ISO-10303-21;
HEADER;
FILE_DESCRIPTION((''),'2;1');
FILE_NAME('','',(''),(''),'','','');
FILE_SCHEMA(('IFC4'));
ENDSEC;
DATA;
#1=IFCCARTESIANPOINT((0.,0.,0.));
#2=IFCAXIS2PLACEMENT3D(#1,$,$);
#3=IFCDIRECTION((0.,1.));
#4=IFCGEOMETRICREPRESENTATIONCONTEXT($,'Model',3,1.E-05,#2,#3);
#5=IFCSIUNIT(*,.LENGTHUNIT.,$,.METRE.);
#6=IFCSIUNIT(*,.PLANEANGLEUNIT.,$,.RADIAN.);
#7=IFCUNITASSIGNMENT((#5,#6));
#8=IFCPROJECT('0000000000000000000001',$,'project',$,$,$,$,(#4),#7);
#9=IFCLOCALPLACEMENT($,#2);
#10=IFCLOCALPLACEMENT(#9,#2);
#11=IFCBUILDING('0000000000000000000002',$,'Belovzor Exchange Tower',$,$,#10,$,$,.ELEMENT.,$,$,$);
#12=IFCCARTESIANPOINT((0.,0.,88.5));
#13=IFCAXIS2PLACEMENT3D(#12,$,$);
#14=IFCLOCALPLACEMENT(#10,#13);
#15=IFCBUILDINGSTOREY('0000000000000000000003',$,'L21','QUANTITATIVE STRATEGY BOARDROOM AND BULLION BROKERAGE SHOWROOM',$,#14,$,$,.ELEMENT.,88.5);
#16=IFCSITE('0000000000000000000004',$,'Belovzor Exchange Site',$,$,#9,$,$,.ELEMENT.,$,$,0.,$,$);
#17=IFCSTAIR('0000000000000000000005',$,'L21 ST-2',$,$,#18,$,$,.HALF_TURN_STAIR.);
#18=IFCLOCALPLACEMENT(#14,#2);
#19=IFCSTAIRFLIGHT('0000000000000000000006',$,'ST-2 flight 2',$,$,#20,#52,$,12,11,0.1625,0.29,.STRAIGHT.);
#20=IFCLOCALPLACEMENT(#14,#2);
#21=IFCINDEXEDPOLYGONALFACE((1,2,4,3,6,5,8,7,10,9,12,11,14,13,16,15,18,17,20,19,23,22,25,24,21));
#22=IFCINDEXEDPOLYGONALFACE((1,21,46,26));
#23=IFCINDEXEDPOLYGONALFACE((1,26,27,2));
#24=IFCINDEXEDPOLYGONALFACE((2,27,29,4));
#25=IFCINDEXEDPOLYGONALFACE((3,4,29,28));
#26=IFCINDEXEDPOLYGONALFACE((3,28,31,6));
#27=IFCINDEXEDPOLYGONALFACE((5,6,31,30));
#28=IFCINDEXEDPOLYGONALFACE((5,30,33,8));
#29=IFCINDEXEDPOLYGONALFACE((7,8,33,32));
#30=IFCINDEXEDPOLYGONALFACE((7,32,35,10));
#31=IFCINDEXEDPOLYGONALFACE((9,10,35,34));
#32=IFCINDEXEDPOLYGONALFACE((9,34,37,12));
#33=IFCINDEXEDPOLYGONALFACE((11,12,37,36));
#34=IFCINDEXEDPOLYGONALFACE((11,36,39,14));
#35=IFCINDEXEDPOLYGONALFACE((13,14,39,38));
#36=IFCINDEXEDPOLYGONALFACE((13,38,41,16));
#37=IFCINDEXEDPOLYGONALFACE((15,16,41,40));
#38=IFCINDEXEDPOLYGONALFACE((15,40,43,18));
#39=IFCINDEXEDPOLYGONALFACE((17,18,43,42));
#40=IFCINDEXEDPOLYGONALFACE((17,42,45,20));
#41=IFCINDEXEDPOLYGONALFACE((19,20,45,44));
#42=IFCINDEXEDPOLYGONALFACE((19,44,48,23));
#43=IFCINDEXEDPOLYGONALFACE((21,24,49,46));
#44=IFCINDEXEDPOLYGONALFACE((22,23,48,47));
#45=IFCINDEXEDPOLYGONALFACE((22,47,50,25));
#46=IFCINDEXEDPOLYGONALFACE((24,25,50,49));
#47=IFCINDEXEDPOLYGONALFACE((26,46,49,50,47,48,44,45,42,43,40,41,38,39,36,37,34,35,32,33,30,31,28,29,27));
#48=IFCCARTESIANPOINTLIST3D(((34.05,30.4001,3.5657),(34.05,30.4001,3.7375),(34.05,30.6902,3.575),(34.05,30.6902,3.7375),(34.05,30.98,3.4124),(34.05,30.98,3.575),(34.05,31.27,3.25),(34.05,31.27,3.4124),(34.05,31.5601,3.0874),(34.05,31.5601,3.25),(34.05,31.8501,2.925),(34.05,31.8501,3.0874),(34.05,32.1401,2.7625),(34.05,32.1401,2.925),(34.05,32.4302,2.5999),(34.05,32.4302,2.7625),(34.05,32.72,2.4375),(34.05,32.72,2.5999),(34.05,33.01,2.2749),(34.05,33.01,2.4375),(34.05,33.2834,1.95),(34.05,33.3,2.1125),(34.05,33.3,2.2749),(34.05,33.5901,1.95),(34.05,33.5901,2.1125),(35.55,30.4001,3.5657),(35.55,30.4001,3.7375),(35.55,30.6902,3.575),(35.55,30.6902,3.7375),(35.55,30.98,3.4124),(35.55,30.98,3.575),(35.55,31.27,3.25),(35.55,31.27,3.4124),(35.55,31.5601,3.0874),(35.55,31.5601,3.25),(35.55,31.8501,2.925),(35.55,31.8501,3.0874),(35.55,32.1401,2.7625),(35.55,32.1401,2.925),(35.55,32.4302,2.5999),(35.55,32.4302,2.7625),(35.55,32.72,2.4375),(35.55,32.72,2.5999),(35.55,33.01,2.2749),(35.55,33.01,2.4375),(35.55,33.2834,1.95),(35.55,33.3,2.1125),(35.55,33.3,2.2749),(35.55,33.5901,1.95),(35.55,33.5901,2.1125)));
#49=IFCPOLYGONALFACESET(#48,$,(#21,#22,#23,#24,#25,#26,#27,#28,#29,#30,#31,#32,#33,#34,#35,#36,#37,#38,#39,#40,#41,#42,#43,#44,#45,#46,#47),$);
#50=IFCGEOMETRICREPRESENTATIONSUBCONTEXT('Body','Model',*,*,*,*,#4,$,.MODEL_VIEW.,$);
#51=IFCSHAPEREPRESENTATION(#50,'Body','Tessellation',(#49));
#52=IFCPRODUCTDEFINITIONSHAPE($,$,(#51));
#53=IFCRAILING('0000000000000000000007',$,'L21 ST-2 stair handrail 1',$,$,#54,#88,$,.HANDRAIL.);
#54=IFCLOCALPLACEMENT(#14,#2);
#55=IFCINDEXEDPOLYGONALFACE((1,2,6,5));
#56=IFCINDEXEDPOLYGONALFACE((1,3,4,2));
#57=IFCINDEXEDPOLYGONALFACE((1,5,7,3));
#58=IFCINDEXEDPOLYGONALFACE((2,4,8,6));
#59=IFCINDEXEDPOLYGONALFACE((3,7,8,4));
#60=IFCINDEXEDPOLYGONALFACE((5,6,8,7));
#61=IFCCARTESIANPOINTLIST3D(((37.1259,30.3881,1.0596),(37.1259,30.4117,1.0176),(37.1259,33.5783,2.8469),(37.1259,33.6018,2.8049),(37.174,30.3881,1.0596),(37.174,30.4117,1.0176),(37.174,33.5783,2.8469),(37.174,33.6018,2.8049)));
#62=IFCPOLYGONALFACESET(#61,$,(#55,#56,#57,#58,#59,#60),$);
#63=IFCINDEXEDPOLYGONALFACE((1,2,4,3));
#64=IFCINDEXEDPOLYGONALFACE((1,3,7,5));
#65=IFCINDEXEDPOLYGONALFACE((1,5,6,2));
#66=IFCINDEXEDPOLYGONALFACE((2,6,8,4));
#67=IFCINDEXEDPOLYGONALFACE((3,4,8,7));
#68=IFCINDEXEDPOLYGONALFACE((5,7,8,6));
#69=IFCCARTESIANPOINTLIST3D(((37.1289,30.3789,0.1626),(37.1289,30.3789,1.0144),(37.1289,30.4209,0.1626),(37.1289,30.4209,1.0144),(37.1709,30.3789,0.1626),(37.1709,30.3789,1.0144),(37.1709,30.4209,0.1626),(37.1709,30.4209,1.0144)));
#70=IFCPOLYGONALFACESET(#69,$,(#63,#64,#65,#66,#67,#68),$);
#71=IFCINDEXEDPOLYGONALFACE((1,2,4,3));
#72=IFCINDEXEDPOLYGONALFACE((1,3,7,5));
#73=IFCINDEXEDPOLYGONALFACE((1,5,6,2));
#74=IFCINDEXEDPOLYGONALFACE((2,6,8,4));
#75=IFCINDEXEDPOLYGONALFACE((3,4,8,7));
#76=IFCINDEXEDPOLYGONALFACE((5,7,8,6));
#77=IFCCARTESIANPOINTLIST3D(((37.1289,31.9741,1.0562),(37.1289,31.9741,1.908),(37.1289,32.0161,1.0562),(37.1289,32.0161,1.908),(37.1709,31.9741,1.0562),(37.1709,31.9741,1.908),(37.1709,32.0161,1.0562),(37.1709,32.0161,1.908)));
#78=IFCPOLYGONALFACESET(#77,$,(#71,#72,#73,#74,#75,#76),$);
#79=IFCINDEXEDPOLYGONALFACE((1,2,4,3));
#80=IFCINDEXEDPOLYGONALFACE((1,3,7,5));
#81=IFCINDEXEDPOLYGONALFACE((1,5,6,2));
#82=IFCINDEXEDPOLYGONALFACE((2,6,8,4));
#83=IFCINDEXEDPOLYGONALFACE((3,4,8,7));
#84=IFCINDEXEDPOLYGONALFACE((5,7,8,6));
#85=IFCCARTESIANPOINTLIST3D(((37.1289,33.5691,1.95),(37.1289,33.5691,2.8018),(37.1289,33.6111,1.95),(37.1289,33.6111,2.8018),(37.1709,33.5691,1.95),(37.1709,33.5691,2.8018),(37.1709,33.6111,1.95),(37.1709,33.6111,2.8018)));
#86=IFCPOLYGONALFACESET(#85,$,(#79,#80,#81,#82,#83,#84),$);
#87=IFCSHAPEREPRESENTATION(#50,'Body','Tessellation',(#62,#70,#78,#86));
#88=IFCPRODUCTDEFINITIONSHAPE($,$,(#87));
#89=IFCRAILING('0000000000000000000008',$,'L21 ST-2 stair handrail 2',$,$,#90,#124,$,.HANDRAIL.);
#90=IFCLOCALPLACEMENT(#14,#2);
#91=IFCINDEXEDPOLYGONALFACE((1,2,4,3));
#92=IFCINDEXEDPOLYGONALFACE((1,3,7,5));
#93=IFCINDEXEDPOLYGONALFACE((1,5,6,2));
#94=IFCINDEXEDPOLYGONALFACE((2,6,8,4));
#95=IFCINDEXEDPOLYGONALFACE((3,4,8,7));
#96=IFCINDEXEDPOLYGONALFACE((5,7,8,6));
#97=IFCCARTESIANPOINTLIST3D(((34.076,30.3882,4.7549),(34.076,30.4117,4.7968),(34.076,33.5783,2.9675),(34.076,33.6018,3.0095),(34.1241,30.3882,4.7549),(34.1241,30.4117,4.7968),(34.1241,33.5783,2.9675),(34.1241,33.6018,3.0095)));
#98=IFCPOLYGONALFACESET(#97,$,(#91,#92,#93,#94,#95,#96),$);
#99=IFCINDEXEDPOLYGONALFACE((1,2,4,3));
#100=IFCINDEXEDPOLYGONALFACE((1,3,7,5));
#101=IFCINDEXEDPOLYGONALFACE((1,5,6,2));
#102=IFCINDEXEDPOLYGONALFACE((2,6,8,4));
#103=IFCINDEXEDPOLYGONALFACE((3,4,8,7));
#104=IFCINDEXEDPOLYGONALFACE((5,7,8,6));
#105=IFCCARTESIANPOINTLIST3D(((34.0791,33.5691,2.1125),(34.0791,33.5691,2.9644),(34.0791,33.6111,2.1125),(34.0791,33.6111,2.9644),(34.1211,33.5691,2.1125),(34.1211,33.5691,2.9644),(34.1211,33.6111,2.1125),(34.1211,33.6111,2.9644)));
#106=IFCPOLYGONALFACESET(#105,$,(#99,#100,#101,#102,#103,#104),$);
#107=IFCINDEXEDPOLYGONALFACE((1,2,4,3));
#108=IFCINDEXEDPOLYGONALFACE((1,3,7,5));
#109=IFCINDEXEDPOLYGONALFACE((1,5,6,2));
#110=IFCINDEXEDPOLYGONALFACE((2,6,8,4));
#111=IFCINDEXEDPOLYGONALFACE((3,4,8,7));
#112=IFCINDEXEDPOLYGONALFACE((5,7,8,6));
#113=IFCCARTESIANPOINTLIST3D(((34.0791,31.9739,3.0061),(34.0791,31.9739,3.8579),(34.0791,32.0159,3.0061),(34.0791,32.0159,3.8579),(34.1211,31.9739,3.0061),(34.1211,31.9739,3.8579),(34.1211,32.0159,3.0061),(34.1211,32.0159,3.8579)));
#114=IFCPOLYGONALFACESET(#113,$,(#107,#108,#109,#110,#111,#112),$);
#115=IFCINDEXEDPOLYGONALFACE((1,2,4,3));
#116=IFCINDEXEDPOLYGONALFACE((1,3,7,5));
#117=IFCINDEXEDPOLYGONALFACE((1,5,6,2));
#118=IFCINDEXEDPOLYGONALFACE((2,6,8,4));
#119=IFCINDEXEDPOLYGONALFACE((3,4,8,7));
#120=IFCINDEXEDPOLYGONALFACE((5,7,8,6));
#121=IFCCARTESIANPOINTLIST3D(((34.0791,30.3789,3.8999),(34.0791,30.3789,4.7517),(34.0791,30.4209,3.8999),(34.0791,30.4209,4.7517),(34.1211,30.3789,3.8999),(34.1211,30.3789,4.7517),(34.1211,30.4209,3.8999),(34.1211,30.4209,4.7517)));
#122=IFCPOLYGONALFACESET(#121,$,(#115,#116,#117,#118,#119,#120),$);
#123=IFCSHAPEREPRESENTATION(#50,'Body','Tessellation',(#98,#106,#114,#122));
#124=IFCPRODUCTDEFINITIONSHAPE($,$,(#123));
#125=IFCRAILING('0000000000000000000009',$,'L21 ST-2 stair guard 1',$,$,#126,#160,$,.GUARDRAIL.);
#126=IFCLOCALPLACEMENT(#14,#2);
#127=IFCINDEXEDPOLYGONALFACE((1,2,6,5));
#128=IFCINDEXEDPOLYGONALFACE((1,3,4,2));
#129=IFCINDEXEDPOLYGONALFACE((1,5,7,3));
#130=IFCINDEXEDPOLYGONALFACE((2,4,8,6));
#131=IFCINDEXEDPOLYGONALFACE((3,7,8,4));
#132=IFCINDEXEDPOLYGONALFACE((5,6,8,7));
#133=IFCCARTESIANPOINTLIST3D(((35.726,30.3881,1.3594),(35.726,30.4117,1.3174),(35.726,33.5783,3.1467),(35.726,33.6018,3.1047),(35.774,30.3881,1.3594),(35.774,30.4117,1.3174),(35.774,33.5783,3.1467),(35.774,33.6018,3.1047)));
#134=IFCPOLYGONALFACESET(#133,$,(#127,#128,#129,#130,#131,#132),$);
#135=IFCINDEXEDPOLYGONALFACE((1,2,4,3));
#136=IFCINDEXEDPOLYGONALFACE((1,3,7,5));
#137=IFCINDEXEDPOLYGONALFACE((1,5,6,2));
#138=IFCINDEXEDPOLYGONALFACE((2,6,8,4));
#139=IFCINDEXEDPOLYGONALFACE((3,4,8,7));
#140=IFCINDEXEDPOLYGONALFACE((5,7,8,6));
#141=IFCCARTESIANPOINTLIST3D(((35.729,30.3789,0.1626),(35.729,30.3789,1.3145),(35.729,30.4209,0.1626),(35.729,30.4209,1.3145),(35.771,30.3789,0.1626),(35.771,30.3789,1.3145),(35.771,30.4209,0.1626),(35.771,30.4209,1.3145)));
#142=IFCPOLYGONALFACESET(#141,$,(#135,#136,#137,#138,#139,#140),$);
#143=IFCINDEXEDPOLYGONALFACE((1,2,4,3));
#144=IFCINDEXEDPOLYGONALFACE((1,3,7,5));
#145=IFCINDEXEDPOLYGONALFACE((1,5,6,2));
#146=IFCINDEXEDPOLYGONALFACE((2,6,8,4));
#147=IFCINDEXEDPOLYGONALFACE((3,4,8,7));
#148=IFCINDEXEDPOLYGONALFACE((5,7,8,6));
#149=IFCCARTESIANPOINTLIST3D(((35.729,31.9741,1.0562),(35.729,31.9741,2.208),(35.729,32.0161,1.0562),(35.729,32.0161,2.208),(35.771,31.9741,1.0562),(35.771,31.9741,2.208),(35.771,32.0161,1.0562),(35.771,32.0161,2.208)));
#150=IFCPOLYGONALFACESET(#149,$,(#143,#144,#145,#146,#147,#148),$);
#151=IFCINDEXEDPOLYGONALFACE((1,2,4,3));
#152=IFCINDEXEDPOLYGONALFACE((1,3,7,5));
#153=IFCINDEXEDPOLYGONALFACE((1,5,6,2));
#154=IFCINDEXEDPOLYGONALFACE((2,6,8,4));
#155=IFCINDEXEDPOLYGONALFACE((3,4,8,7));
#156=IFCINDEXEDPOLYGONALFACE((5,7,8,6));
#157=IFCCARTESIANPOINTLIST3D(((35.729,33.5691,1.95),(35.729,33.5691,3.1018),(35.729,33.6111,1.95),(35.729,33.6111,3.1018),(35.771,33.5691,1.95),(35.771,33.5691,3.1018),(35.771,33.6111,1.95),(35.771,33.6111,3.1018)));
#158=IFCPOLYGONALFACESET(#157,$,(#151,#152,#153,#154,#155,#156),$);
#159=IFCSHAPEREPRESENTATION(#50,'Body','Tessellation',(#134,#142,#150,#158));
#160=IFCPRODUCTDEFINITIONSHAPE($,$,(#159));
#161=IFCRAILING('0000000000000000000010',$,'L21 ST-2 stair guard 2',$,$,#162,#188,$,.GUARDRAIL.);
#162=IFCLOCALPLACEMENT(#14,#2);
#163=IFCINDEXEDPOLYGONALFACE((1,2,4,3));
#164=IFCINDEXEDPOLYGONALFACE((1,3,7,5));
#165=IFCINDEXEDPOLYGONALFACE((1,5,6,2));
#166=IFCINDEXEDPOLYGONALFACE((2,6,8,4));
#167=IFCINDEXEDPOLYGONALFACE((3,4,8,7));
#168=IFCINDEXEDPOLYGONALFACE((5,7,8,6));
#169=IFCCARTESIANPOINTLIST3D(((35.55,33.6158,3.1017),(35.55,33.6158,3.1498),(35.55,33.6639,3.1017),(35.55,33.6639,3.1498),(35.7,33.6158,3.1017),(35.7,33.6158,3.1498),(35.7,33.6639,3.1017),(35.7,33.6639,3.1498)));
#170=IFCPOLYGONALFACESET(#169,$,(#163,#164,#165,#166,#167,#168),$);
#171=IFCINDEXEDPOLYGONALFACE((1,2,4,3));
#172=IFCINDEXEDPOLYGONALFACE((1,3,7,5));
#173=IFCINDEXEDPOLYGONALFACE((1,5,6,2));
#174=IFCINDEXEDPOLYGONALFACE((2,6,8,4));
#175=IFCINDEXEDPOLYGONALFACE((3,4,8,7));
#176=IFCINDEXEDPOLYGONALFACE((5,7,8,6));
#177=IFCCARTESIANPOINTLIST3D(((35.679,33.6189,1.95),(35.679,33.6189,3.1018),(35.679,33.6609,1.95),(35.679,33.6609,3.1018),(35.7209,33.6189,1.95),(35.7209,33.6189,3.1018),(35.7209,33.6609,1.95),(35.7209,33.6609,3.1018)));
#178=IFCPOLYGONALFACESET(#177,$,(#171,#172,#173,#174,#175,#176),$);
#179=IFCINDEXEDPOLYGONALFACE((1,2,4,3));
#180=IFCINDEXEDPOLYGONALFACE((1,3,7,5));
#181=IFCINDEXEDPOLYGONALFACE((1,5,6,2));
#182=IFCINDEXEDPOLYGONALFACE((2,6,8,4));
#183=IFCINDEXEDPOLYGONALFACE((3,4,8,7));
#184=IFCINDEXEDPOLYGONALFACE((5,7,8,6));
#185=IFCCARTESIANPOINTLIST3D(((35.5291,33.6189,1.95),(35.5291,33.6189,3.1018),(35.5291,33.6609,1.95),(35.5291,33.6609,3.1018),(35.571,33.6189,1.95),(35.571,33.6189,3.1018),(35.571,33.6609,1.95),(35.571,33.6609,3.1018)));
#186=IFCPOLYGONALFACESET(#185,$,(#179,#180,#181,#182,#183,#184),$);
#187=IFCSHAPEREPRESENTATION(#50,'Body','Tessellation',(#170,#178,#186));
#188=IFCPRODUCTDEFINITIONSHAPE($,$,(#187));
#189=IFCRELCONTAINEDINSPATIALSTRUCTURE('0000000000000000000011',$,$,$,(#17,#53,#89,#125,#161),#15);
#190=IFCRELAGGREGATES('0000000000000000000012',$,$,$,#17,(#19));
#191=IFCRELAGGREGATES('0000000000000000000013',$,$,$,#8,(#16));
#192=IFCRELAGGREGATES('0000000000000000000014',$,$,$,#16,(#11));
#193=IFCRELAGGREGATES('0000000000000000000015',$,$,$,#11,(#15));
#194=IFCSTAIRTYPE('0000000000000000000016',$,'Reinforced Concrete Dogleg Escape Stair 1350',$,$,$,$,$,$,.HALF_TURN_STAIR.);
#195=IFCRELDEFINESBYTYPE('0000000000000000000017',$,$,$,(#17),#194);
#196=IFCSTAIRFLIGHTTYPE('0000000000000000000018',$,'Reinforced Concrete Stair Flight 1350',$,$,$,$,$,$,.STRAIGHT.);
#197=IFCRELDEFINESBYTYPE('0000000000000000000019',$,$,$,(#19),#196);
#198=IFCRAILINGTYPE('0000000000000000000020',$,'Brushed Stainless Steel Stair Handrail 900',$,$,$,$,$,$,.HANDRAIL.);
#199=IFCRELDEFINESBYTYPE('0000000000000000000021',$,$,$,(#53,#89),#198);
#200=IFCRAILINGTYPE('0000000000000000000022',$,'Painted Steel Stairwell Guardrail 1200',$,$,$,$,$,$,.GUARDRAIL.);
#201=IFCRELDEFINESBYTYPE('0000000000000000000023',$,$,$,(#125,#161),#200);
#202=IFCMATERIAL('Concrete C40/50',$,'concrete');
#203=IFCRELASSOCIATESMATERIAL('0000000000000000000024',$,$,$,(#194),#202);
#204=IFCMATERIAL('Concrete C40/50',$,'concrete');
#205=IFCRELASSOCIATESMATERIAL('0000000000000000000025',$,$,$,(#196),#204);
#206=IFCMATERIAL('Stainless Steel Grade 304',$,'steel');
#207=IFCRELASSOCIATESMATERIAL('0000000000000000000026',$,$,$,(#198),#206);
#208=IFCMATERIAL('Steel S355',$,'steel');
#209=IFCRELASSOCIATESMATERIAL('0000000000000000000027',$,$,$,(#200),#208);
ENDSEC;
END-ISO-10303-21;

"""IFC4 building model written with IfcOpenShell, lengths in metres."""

from ifc_helpers import new_model, si_unit, direction, frame, origin, origin_2d, place, context, subcontext, project, spatial, polyline, rectangle, outline, extrude, material, type_object, element, aggregate, save


model = new_model("IFC4")

# Units and contexts
model_context = context("Model", 3, precision=1e-05, world=origin(), true_north=direction((0.0, 1.0)))
body_context = subcontext(model_context, "Body", "Model", "MODEL_VIEW")
ifc_project = project(units=[si_unit("LENGTHUNIT", "METRE"), si_unit("PLANEANGLEUNIT", "RADIAN")], contexts=[model_context])

# Site, building, storey
site_placement = place(None, origin())
site = spatial("IfcSite", under=ifc_project, at=site_placement, Name="Belovzor Exchange Site", CompositionType="ELEMENT", RefElevation=0.0)
building_placement = place(site_placement, origin())
building = spatial("IfcBuilding", under=site, at=building_placement, Name="Belovzor Exchange Tower", CompositionType="ELEMENT")
storey_placement = place(building_placement, frame((0.0, 0.0, 88.5)))
storey = spatial("IfcBuildingStorey", under=building, at=storey_placement, Name="L21", Description="QUANTITATIVE STRATEGY BOARDROOM AND BULLION BROKERAGE SHOWROOM", CompositionType="ELEMENT", Elevation=88.5)

# Stair, stair flight
ifc_material_1 = material(Name="Concrete C40/50", Category="concrete")
stair_type = type_object("IfcStairType", Name="Reinforced Concrete Dogleg Escape Stair 1350", PredefinedType="HALF_TURN_STAIR", material=ifc_material_1)
stair_placement = place(storey_placement, origin())
stair = element("IfcStair", 1, at=stair_placement, inside=storey, type_object=stair_type, Name="L21 ST-2", PredefinedType="HALF_TURN_STAIR")
ifc_material_2 = material(Name="Concrete C40/50", Category="concrete")
stair_flight_type = type_object("IfcStairFlightType", Name="Reinforced Concrete Stair Flight 1350", PredefinedType="STRAIGHT", material=ifc_material_2)
stair_flight_1_placement = place(storey_placement, frame((34.8, 33.5901, 1.95), z_axis=(0.0, 0.0, 1.0), x_axis=(0.0, -1.0, 0.0)))
stair_flight_1 = element("IfcStairFlight", 2, at=stair_flight_1_placement, type_object=stair_flight_type, Name="ST-2 flight 2", NumberOfRisers=12, NumberOfTreads=11, PredefinedType="STRAIGHT", RiserHeight=0.1625, TreadLength=0.29, context=body_context, shape_type="SweptSolid", body=[
    extrude(outline(polyline([(0.0, 0.0), (0.0, 0.1626), (0.29, 0.1626), (0.29, 0.325), (0.5801, 0.325), (0.5801, 0.4875), (0.8701, 0.4875), (0.8701, 0.6499), (1.1599, 0.6499), (1.1599, 0.8125), (1.45, 0.8125), (1.45, 0.9751), (1.74, 0.9751), (1.74, 1.1375), (2.03, 1.1375), (2.03, 1.3), (2.3201, 1.3), (2.3201, 1.4624), (2.6101, 1.4624), (2.6101, 1.625), (2.8999, 1.625), (2.8999, 1.7876), (3.1899, 1.7876), (3.1899, 1.95), (3.1899, 1.6157), (0.3066, 0.0), (0.0, 0.0)])), frame((0.0, 0.75, 0.0), z_axis=(0.0, -1.0, 0.0), x_axis=(1.0, 0.0, 0.0)), (0.0, 0.0, 1.0), 1.5),
])
aggregate(stair, [stair_flight_1])

# Railings
ifc_material_3 = material(Name="Stainless Steel Grade 304", Category="steel")
railing_type_1 = type_object("IfcRailingType", Name="Brushed Stainless Steel Stair Handrail 900", PredefinedType="HANDRAIL", material=ifc_material_3)
railing_1_placement = place(storey_placement, frame((37.1499, 30.3999, 0.1626)))
element("IfcRailing", 3, at=railing_1_placement, inside=storey, type_object=railing_type_1, Name="L21 ST-2 stair handrail 1", PredefinedType="HANDRAIL", context=body_context, shape_type="SweptSolid", body=[
    extrude(rectangle(XDim=0.0481, YDim=0.0481, at=origin_2d()), frame((0.0, 0.0, 0.876), z_axis=(0.0, 0.872407, 0.48878), x_axis=(-1.0, 0.0, 0.0)), (0.0, 0.0, 1.0), 3.6567),
    extrude(rectangle(XDim=0.042, YDim=0.042, at=origin_2d()), origin(), (0.0, 0.0, 1.0), 0.8518),
    extrude(rectangle(XDim=0.042, YDim=0.042, at=origin_2d()), frame((0.0, 1.5952, 0.8936)), (0.0, 0.0, 1.0), 0.8518),
    extrude(rectangle(XDim=0.042, YDim=0.042, at=origin_2d()), frame((0.0, 3.1902, 1.7874)), (0.0, 0.0, 1.0), 0.8518),
])
railing_2_placement = place(storey_placement, frame((34.1001, 33.5901, 2.1125)))
element("IfcRailing", 4, at=railing_2_placement, inside=storey, type_object=railing_type_1, Name="L21 ST-2 stair handrail 2", PredefinedType="HANDRAIL", context=body_context, shape_type="SweptSolid", body=[
    extrude(rectangle(XDim=0.0481, YDim=0.0481, at=origin_2d()), frame((0.0, 0.0, 0.876), z_axis=(0.0, -0.872407, 0.48878), x_axis=(1.0, 0.0, 0.0)), (0.0, 0.0, 1.0), 3.6567),
    extrude(rectangle(XDim=0.042, YDim=0.042, at=origin_2d()), origin(), (0.0, 0.0, 1.0), 0.8518),
    extrude(rectangle(XDim=0.042, YDim=0.042, at=origin_2d()), frame((0.0, -1.5952, 0.8936)), (0.0, 0.0, 1.0), 0.8518),
    extrude(rectangle(XDim=0.042, YDim=0.042, at=origin_2d()), frame((0.0, -3.1902, 1.7874)), (0.0, 0.0, 1.0), 0.8518),
])
ifc_material_4 = material(Name="Steel S355", Category="steel")
railing_type_2 = type_object("IfcRailingType", Name="Painted Steel Stairwell Guardrail 1200", PredefinedType="GUARDRAIL", material=ifc_material_4)
railing_3_placement = place(storey_placement, frame((35.75, 30.3999, 0.1626)))
element("IfcRailing", 5, at=railing_3_placement, inside=storey, type_object=railing_type_2, Name="L21 ST-2 stair guard 1", PredefinedType="GUARDRAIL", context=body_context, shape_type="SweptSolid", body=[
    extrude(rectangle(XDim=0.0481, YDim=0.0481, at=origin_2d()), frame((0.0, 0.0, 1.1758), z_axis=(0.0, 0.872407, 0.48878), x_axis=(-1.0, 0.0, 0.0)), (0.0, 0.0, 1.0), 3.6567),
    extrude(rectangle(XDim=0.042, YDim=0.042, at=origin_2d()), origin(), (0.0, 0.0, 1.0), 1.1519),
    extrude(rectangle(XDim=0.042, YDim=0.042, at=origin_2d()), frame((0.0, 1.5952, 0.8936)), (0.0, 0.0, 1.0), 1.1519),
    extrude(rectangle(XDim=0.042, YDim=0.042, at=origin_2d()), frame((0.0, 3.1902, 1.7874)), (0.0, 0.0, 1.0), 1.1519),
])
railing_4_placement = place(storey_placement, frame((35.7, 33.6399, 1.95)))
element("IfcRailing", 6, at=railing_4_placement, inside=storey, type_object=railing_type_2, Name="L21 ST-2 stair guard 2", PredefinedType="GUARDRAIL", context=body_context, shape_type="SweptSolid", body=[
    extrude(rectangle(XDim=0.0481, YDim=0.0481, at=origin_2d()), frame((0.0, 0.0, 1.1758), z_axis=(-1.0, 0.0, 0.0), x_axis=(0.0, -1.0, 0.0)), (0.0, 0.0, 1.0), 0.1499),
    extrude(rectangle(XDim=0.042, YDim=0.042, at=origin_2d()), origin(), (0.0, 0.0, 1.0), 1.1519),
    extrude(rectangle(XDim=0.042, YDim=0.042, at=origin_2d()), frame((-0.1499, 0.0, 0.0)), (0.0, 0.0, 1.0), 1.1519),
])

save(model, "model.ifc")
